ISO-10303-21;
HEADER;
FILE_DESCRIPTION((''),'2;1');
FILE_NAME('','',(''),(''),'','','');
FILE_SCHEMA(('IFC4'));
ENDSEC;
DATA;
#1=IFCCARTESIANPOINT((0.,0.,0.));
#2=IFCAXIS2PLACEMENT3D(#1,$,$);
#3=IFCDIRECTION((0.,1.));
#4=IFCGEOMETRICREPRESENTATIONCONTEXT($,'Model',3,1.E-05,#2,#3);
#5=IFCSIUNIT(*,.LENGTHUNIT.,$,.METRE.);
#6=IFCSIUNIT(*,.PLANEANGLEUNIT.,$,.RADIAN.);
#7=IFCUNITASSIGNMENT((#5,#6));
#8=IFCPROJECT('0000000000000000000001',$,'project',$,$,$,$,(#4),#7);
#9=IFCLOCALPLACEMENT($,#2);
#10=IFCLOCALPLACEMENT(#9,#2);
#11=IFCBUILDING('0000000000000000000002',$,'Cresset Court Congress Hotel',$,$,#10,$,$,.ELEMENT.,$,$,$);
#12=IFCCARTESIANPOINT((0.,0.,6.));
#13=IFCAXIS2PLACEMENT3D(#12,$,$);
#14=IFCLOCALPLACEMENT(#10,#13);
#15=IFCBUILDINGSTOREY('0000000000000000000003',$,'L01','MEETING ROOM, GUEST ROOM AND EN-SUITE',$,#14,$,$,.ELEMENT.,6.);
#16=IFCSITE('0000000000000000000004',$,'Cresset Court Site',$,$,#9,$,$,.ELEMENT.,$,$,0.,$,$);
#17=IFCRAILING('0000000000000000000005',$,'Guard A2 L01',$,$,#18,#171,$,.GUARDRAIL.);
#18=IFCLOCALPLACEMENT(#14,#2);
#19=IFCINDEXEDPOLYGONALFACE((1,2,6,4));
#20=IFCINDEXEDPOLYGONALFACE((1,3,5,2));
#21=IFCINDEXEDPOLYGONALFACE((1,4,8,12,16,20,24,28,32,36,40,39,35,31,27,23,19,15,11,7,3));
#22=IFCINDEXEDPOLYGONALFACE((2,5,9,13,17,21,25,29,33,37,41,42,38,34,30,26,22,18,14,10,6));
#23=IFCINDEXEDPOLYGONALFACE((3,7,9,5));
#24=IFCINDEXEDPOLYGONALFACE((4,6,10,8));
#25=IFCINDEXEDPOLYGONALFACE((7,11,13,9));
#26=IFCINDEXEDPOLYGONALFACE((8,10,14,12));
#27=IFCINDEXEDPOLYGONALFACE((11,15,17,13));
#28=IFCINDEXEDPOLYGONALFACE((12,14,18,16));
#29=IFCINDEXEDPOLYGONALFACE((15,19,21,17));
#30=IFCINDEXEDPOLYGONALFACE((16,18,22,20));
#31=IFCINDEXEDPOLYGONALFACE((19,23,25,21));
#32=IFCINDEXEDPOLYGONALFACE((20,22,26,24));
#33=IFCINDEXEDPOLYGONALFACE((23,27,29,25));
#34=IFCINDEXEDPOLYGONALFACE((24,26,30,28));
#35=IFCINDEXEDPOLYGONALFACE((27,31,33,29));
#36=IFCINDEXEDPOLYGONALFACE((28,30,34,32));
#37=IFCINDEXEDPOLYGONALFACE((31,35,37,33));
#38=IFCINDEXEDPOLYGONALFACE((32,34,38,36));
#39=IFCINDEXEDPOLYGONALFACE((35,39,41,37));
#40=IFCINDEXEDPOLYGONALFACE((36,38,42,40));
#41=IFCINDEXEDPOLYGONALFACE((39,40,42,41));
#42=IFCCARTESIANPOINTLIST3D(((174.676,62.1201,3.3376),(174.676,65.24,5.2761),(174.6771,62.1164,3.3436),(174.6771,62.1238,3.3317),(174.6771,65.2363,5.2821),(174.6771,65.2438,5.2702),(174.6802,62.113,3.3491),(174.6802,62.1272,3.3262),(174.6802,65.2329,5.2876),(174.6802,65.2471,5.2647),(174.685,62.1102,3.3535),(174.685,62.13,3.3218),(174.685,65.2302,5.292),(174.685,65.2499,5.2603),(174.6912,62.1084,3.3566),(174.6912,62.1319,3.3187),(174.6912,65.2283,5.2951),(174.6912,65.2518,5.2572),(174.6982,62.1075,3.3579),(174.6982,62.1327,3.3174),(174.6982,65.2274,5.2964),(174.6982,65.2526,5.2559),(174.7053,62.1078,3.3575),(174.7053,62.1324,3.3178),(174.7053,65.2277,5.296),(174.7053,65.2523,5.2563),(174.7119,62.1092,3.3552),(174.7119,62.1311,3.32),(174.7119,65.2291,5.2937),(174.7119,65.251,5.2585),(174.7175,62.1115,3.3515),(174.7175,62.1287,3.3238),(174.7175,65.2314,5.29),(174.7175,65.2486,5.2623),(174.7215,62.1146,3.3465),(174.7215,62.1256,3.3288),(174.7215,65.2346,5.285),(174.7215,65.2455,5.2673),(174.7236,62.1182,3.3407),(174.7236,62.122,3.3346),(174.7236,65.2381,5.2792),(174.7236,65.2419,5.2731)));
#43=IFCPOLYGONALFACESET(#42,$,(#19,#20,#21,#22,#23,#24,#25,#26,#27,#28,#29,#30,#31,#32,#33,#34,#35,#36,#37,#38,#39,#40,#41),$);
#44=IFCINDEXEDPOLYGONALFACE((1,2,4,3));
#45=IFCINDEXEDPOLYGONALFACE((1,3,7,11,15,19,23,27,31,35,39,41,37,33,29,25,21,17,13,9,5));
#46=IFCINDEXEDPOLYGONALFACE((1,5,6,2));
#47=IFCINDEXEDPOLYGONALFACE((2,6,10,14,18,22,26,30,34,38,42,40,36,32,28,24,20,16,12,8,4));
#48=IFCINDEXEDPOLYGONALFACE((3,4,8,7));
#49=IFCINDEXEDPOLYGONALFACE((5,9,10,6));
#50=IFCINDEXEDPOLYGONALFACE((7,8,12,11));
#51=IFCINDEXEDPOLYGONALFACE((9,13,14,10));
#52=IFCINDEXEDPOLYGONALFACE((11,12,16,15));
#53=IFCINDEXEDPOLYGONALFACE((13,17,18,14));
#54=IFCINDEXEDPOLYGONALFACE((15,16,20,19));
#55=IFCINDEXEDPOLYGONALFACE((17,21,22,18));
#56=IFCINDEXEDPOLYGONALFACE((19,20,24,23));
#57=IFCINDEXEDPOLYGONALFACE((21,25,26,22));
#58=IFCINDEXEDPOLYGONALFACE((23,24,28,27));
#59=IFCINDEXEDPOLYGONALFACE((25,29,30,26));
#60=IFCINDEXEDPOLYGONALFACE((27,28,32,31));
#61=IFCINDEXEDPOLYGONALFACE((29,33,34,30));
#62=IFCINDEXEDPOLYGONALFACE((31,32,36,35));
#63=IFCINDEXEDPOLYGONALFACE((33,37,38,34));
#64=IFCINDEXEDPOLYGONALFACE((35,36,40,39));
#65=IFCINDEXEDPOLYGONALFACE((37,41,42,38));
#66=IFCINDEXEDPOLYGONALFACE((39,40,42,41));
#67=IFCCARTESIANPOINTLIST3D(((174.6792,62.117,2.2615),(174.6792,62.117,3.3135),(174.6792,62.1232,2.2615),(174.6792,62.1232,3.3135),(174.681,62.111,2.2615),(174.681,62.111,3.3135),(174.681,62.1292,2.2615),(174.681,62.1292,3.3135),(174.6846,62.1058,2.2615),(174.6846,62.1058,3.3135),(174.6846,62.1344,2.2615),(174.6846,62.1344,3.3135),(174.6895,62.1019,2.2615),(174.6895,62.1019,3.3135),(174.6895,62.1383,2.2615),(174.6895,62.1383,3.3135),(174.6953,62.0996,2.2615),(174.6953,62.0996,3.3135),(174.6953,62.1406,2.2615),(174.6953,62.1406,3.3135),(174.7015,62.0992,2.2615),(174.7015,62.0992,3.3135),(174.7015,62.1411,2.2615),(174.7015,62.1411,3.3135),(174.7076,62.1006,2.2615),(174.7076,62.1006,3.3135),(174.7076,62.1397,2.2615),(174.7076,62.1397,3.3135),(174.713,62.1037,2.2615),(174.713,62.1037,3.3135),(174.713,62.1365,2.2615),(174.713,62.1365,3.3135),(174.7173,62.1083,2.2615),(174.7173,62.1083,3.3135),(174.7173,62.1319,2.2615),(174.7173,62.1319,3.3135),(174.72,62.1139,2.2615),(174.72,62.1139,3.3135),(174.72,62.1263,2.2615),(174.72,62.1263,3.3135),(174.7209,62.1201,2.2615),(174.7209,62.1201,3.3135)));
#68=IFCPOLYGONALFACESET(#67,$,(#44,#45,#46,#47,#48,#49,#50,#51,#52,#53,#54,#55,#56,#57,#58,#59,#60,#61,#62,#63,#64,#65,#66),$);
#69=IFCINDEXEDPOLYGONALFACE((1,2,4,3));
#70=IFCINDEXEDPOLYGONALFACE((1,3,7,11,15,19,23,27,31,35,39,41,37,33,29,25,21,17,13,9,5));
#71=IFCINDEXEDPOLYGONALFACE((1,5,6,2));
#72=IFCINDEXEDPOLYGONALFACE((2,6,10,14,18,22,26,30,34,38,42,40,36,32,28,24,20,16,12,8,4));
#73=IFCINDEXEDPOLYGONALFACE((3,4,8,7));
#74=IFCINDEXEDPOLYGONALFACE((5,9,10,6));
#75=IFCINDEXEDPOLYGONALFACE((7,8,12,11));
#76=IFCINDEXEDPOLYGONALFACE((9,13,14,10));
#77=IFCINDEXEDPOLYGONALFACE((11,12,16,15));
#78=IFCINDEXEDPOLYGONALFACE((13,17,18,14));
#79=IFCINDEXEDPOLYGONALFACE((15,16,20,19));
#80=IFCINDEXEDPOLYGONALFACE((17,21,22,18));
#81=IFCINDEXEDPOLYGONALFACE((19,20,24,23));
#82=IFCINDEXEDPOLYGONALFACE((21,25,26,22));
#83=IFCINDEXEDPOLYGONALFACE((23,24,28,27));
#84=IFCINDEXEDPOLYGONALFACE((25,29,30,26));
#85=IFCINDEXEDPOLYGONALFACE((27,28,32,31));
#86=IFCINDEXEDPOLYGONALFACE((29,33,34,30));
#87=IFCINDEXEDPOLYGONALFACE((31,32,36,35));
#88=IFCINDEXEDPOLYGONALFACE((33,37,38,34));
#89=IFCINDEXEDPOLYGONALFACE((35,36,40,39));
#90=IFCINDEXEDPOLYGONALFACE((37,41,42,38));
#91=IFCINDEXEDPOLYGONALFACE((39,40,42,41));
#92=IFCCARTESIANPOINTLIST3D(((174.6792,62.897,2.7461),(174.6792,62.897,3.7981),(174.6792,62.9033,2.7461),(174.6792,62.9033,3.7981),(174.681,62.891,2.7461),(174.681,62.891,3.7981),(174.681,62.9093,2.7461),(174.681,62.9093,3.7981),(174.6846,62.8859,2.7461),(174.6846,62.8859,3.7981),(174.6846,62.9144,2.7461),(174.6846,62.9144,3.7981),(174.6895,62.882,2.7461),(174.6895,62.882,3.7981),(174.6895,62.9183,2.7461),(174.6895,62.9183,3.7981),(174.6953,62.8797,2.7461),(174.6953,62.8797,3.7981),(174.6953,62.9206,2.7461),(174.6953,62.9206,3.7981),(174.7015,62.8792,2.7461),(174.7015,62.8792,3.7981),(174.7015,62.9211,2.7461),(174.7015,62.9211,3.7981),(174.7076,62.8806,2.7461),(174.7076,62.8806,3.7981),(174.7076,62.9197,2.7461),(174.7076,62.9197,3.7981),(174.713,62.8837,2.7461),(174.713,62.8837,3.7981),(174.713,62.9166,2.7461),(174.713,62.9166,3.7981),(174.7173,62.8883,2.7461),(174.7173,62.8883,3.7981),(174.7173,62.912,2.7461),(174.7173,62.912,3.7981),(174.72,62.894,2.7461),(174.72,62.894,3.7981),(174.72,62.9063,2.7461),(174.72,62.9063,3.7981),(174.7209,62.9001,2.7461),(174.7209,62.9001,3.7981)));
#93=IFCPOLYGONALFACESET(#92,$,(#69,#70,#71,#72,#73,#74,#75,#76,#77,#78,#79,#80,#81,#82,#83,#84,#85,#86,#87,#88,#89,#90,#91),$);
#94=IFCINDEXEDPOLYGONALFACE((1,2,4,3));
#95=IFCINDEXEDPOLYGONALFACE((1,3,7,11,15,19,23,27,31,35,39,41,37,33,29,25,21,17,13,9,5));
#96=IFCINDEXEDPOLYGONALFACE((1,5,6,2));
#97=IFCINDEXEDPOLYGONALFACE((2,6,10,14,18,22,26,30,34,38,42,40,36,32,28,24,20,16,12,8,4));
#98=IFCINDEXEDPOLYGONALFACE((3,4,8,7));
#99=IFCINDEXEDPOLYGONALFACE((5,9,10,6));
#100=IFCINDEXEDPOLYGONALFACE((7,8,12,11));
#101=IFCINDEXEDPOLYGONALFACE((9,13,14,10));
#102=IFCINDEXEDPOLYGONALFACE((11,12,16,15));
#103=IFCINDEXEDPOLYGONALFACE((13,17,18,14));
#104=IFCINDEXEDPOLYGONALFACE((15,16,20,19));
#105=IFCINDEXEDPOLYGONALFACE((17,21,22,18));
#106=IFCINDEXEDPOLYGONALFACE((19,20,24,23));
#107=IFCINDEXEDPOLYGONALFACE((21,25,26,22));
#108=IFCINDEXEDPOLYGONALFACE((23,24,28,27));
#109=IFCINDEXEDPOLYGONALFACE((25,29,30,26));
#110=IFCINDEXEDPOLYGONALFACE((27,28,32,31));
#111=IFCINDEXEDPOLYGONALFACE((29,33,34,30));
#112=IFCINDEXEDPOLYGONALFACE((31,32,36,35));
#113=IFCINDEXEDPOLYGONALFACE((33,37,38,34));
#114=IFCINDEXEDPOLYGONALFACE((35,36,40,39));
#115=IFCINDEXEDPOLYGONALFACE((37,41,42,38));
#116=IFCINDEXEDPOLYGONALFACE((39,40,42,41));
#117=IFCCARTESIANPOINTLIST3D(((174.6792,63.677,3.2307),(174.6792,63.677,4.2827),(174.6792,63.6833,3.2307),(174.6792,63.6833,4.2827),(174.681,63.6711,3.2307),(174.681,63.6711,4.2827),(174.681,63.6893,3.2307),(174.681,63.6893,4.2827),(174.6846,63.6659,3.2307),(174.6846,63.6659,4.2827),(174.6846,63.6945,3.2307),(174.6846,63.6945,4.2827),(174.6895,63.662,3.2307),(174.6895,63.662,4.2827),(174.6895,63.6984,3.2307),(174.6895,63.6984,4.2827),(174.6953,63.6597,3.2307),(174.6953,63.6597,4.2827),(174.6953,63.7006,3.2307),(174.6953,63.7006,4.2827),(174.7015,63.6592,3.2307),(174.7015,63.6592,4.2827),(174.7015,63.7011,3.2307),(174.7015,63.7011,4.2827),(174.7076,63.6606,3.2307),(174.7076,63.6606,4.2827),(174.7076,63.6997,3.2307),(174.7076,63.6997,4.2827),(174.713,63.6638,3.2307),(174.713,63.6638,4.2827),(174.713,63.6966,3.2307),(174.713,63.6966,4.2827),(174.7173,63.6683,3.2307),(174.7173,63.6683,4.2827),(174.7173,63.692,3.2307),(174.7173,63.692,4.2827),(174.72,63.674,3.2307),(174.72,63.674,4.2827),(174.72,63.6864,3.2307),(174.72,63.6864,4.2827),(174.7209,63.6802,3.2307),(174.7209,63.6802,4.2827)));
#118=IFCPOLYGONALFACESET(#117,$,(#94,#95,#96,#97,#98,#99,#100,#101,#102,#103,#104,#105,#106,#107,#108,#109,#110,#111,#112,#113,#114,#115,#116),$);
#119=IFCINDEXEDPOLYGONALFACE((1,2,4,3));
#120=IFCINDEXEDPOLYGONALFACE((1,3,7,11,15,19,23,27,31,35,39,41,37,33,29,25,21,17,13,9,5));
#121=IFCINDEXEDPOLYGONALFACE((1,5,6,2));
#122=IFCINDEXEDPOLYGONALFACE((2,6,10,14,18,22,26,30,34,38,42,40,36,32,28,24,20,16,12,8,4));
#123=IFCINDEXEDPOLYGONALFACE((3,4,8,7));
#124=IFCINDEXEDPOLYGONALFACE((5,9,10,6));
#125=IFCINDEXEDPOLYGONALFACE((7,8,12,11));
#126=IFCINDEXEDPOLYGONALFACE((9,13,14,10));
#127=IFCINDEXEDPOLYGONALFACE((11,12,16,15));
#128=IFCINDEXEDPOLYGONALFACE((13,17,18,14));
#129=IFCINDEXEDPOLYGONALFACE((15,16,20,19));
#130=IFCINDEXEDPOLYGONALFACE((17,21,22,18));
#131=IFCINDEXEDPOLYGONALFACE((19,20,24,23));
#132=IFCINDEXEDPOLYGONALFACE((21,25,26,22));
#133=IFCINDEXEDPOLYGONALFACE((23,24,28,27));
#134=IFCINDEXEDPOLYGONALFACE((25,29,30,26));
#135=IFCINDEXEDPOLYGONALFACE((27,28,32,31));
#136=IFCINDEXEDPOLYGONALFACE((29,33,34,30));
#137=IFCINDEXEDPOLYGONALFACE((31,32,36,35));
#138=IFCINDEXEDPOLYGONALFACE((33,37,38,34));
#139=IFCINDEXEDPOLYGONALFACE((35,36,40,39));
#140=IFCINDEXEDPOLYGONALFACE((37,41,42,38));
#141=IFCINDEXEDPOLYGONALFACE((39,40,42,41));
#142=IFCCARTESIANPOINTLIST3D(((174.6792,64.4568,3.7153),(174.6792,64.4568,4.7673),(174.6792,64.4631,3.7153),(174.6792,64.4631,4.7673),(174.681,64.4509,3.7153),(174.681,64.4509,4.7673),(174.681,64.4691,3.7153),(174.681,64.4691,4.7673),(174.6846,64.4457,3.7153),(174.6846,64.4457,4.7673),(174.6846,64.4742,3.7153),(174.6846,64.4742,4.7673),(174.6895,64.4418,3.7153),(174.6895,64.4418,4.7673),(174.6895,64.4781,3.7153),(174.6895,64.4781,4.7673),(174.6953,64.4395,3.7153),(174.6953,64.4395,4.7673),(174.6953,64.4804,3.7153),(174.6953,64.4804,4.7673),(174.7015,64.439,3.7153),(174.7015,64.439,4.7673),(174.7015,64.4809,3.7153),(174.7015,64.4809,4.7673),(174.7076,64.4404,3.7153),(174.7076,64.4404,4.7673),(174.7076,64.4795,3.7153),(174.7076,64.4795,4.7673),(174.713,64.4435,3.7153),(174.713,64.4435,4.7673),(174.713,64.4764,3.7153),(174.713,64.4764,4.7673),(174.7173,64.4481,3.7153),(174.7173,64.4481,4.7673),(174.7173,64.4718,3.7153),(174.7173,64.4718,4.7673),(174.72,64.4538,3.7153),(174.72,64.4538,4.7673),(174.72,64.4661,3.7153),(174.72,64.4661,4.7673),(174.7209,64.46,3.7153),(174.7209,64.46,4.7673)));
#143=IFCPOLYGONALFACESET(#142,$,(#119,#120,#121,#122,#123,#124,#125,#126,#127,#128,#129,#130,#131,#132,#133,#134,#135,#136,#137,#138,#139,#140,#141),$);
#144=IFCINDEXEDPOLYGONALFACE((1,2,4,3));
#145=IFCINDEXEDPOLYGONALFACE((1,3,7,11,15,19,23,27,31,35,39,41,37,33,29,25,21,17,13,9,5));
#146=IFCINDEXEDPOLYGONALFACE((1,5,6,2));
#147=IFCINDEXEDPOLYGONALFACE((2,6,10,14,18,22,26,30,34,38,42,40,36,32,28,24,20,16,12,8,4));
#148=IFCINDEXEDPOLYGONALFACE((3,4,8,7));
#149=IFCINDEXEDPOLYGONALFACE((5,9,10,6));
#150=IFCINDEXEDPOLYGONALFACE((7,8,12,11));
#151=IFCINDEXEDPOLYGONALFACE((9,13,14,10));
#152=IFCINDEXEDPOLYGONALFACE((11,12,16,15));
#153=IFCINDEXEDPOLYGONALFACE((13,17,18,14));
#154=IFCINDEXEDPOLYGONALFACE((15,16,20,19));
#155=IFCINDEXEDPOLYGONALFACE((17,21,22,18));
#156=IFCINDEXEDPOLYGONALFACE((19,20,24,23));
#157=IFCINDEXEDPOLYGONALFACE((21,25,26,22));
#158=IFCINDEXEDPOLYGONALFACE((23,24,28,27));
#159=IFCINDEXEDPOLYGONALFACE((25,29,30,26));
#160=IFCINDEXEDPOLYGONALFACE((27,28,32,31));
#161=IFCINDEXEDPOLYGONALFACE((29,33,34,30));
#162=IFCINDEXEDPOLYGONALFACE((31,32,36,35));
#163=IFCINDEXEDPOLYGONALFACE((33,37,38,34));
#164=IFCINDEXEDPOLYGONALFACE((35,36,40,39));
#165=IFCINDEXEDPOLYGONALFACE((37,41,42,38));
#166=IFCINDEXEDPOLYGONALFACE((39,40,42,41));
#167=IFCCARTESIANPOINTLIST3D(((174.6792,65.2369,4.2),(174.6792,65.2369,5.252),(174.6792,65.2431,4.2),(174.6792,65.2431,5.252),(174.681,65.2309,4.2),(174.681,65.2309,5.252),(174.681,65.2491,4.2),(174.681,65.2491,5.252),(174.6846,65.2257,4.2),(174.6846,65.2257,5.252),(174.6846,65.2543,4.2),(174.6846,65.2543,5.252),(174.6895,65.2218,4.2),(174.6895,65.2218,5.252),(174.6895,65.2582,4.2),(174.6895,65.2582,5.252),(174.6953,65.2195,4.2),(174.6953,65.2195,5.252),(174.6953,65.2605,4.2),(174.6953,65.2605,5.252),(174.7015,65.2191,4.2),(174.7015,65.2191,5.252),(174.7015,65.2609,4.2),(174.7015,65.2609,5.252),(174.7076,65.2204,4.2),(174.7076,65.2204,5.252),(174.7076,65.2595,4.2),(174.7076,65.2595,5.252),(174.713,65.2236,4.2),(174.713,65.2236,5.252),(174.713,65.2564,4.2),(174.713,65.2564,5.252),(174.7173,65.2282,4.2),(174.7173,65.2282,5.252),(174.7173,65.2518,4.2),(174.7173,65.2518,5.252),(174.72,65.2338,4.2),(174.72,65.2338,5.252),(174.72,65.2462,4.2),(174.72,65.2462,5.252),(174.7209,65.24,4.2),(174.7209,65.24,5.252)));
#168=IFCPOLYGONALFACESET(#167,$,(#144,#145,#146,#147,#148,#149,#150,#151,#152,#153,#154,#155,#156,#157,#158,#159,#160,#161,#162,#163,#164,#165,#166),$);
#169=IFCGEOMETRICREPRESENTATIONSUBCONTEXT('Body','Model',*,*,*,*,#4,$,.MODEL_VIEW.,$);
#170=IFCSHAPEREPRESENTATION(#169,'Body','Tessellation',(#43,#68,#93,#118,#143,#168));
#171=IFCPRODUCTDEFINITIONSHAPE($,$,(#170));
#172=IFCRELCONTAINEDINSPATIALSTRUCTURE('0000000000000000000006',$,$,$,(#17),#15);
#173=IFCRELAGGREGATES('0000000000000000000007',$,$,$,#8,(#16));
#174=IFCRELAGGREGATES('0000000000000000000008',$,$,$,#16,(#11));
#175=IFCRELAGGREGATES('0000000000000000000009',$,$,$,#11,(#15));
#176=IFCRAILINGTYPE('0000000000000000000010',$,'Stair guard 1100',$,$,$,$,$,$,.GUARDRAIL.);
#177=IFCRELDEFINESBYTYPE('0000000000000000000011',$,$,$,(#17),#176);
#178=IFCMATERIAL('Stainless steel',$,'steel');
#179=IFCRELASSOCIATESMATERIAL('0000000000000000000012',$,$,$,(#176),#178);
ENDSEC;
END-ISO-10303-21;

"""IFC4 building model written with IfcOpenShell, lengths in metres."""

from ifc_helpers import new_model, si_unit, direction, frame, origin, origin_2d, place, context, subcontext, project, spatial, circle, extrude, material, type_object, element, save


model = new_model("IFC4")

# Units and contexts
model_context = context("Model", 3, precision=1e-05, world=origin(), true_north=direction((0.0, 1.0)))
body_context = subcontext(model_context, "Body", "Model", "MODEL_VIEW")
ifc_project = project(units=[si_unit("LENGTHUNIT", "METRE"), si_unit("PLANEANGLEUNIT", "RADIAN")], contexts=[model_context])

# Site, building, storey
site_placement = place(None, origin())
site = spatial("IfcSite", under=ifc_project, at=site_placement, Name="Cresset Court Site", CompositionType="ELEMENT", RefElevation=0.0)
building_placement = place(site_placement, origin())
building = spatial("IfcBuilding", under=site, at=building_placement, Name="Cresset Court Congress Hotel", CompositionType="ELEMENT")
storey_placement = place(building_placement, frame((0.0, 0.0, 6.0)))
storey = spatial("IfcBuildingStorey", under=building, at=storey_placement, Name="L01", Description="MEETING ROOM, GUEST ROOM AND EN-SUITE", CompositionType="ELEMENT", Elevation=6.0)

# Railing
ifc_material_1 = material(Name="Stainless steel", Category="steel")
railing_type_1 = type_object("IfcRailingType", Name="Stair guard 1100", PredefinedType="GUARDRAIL", material=ifc_material_1)
railing_1_placement = place(storey_placement, frame((174.7, 62.1201, 2.2615)))
element("IfcRailing", 1, at=railing_1_placement, inside=storey, type_object=railing_type_1, Name="Guard A2 L01", PredefinedType="GUARDRAIL", context=body_context, shape_type="SweptSolid", body=[
    extrude(circle(Radius=0.0239, at=origin_2d()), frame((0.0, 0.0, 1.0762), z_axis=(0.0, 0.849396, 0.527757), x_axis=(-1.0, 0.0, 0.0)), (0.0, 0.0, 1.0), 3.6731),
    extrude(circle(Radius=0.021, at=origin_2d()), origin(), (0.0, 0.0, 1.0), 1.052),
    extrude(circle(Radius=0.021, at=origin_2d()), frame((0.0, 0.78, 0.4846)), (0.0, 0.0, 1.0), 1.052),
    extrude(circle(Radius=0.021, at=origin_2d()), frame((0.0, 1.5601, 0.9692)), (0.0, 0.0, 1.0), 1.052),
    extrude(circle(Radius=0.021, at=origin_2d()), frame((0.0, 2.3398, 1.4539)), (0.0, 0.0, 1.0), 1.052),
    extrude(circle(Radius=0.021, at=origin_2d()), frame((0.0, 3.1199, 1.9385)), (0.0, 0.0, 1.0), 1.052),
])

save(model, "model.ifc")
